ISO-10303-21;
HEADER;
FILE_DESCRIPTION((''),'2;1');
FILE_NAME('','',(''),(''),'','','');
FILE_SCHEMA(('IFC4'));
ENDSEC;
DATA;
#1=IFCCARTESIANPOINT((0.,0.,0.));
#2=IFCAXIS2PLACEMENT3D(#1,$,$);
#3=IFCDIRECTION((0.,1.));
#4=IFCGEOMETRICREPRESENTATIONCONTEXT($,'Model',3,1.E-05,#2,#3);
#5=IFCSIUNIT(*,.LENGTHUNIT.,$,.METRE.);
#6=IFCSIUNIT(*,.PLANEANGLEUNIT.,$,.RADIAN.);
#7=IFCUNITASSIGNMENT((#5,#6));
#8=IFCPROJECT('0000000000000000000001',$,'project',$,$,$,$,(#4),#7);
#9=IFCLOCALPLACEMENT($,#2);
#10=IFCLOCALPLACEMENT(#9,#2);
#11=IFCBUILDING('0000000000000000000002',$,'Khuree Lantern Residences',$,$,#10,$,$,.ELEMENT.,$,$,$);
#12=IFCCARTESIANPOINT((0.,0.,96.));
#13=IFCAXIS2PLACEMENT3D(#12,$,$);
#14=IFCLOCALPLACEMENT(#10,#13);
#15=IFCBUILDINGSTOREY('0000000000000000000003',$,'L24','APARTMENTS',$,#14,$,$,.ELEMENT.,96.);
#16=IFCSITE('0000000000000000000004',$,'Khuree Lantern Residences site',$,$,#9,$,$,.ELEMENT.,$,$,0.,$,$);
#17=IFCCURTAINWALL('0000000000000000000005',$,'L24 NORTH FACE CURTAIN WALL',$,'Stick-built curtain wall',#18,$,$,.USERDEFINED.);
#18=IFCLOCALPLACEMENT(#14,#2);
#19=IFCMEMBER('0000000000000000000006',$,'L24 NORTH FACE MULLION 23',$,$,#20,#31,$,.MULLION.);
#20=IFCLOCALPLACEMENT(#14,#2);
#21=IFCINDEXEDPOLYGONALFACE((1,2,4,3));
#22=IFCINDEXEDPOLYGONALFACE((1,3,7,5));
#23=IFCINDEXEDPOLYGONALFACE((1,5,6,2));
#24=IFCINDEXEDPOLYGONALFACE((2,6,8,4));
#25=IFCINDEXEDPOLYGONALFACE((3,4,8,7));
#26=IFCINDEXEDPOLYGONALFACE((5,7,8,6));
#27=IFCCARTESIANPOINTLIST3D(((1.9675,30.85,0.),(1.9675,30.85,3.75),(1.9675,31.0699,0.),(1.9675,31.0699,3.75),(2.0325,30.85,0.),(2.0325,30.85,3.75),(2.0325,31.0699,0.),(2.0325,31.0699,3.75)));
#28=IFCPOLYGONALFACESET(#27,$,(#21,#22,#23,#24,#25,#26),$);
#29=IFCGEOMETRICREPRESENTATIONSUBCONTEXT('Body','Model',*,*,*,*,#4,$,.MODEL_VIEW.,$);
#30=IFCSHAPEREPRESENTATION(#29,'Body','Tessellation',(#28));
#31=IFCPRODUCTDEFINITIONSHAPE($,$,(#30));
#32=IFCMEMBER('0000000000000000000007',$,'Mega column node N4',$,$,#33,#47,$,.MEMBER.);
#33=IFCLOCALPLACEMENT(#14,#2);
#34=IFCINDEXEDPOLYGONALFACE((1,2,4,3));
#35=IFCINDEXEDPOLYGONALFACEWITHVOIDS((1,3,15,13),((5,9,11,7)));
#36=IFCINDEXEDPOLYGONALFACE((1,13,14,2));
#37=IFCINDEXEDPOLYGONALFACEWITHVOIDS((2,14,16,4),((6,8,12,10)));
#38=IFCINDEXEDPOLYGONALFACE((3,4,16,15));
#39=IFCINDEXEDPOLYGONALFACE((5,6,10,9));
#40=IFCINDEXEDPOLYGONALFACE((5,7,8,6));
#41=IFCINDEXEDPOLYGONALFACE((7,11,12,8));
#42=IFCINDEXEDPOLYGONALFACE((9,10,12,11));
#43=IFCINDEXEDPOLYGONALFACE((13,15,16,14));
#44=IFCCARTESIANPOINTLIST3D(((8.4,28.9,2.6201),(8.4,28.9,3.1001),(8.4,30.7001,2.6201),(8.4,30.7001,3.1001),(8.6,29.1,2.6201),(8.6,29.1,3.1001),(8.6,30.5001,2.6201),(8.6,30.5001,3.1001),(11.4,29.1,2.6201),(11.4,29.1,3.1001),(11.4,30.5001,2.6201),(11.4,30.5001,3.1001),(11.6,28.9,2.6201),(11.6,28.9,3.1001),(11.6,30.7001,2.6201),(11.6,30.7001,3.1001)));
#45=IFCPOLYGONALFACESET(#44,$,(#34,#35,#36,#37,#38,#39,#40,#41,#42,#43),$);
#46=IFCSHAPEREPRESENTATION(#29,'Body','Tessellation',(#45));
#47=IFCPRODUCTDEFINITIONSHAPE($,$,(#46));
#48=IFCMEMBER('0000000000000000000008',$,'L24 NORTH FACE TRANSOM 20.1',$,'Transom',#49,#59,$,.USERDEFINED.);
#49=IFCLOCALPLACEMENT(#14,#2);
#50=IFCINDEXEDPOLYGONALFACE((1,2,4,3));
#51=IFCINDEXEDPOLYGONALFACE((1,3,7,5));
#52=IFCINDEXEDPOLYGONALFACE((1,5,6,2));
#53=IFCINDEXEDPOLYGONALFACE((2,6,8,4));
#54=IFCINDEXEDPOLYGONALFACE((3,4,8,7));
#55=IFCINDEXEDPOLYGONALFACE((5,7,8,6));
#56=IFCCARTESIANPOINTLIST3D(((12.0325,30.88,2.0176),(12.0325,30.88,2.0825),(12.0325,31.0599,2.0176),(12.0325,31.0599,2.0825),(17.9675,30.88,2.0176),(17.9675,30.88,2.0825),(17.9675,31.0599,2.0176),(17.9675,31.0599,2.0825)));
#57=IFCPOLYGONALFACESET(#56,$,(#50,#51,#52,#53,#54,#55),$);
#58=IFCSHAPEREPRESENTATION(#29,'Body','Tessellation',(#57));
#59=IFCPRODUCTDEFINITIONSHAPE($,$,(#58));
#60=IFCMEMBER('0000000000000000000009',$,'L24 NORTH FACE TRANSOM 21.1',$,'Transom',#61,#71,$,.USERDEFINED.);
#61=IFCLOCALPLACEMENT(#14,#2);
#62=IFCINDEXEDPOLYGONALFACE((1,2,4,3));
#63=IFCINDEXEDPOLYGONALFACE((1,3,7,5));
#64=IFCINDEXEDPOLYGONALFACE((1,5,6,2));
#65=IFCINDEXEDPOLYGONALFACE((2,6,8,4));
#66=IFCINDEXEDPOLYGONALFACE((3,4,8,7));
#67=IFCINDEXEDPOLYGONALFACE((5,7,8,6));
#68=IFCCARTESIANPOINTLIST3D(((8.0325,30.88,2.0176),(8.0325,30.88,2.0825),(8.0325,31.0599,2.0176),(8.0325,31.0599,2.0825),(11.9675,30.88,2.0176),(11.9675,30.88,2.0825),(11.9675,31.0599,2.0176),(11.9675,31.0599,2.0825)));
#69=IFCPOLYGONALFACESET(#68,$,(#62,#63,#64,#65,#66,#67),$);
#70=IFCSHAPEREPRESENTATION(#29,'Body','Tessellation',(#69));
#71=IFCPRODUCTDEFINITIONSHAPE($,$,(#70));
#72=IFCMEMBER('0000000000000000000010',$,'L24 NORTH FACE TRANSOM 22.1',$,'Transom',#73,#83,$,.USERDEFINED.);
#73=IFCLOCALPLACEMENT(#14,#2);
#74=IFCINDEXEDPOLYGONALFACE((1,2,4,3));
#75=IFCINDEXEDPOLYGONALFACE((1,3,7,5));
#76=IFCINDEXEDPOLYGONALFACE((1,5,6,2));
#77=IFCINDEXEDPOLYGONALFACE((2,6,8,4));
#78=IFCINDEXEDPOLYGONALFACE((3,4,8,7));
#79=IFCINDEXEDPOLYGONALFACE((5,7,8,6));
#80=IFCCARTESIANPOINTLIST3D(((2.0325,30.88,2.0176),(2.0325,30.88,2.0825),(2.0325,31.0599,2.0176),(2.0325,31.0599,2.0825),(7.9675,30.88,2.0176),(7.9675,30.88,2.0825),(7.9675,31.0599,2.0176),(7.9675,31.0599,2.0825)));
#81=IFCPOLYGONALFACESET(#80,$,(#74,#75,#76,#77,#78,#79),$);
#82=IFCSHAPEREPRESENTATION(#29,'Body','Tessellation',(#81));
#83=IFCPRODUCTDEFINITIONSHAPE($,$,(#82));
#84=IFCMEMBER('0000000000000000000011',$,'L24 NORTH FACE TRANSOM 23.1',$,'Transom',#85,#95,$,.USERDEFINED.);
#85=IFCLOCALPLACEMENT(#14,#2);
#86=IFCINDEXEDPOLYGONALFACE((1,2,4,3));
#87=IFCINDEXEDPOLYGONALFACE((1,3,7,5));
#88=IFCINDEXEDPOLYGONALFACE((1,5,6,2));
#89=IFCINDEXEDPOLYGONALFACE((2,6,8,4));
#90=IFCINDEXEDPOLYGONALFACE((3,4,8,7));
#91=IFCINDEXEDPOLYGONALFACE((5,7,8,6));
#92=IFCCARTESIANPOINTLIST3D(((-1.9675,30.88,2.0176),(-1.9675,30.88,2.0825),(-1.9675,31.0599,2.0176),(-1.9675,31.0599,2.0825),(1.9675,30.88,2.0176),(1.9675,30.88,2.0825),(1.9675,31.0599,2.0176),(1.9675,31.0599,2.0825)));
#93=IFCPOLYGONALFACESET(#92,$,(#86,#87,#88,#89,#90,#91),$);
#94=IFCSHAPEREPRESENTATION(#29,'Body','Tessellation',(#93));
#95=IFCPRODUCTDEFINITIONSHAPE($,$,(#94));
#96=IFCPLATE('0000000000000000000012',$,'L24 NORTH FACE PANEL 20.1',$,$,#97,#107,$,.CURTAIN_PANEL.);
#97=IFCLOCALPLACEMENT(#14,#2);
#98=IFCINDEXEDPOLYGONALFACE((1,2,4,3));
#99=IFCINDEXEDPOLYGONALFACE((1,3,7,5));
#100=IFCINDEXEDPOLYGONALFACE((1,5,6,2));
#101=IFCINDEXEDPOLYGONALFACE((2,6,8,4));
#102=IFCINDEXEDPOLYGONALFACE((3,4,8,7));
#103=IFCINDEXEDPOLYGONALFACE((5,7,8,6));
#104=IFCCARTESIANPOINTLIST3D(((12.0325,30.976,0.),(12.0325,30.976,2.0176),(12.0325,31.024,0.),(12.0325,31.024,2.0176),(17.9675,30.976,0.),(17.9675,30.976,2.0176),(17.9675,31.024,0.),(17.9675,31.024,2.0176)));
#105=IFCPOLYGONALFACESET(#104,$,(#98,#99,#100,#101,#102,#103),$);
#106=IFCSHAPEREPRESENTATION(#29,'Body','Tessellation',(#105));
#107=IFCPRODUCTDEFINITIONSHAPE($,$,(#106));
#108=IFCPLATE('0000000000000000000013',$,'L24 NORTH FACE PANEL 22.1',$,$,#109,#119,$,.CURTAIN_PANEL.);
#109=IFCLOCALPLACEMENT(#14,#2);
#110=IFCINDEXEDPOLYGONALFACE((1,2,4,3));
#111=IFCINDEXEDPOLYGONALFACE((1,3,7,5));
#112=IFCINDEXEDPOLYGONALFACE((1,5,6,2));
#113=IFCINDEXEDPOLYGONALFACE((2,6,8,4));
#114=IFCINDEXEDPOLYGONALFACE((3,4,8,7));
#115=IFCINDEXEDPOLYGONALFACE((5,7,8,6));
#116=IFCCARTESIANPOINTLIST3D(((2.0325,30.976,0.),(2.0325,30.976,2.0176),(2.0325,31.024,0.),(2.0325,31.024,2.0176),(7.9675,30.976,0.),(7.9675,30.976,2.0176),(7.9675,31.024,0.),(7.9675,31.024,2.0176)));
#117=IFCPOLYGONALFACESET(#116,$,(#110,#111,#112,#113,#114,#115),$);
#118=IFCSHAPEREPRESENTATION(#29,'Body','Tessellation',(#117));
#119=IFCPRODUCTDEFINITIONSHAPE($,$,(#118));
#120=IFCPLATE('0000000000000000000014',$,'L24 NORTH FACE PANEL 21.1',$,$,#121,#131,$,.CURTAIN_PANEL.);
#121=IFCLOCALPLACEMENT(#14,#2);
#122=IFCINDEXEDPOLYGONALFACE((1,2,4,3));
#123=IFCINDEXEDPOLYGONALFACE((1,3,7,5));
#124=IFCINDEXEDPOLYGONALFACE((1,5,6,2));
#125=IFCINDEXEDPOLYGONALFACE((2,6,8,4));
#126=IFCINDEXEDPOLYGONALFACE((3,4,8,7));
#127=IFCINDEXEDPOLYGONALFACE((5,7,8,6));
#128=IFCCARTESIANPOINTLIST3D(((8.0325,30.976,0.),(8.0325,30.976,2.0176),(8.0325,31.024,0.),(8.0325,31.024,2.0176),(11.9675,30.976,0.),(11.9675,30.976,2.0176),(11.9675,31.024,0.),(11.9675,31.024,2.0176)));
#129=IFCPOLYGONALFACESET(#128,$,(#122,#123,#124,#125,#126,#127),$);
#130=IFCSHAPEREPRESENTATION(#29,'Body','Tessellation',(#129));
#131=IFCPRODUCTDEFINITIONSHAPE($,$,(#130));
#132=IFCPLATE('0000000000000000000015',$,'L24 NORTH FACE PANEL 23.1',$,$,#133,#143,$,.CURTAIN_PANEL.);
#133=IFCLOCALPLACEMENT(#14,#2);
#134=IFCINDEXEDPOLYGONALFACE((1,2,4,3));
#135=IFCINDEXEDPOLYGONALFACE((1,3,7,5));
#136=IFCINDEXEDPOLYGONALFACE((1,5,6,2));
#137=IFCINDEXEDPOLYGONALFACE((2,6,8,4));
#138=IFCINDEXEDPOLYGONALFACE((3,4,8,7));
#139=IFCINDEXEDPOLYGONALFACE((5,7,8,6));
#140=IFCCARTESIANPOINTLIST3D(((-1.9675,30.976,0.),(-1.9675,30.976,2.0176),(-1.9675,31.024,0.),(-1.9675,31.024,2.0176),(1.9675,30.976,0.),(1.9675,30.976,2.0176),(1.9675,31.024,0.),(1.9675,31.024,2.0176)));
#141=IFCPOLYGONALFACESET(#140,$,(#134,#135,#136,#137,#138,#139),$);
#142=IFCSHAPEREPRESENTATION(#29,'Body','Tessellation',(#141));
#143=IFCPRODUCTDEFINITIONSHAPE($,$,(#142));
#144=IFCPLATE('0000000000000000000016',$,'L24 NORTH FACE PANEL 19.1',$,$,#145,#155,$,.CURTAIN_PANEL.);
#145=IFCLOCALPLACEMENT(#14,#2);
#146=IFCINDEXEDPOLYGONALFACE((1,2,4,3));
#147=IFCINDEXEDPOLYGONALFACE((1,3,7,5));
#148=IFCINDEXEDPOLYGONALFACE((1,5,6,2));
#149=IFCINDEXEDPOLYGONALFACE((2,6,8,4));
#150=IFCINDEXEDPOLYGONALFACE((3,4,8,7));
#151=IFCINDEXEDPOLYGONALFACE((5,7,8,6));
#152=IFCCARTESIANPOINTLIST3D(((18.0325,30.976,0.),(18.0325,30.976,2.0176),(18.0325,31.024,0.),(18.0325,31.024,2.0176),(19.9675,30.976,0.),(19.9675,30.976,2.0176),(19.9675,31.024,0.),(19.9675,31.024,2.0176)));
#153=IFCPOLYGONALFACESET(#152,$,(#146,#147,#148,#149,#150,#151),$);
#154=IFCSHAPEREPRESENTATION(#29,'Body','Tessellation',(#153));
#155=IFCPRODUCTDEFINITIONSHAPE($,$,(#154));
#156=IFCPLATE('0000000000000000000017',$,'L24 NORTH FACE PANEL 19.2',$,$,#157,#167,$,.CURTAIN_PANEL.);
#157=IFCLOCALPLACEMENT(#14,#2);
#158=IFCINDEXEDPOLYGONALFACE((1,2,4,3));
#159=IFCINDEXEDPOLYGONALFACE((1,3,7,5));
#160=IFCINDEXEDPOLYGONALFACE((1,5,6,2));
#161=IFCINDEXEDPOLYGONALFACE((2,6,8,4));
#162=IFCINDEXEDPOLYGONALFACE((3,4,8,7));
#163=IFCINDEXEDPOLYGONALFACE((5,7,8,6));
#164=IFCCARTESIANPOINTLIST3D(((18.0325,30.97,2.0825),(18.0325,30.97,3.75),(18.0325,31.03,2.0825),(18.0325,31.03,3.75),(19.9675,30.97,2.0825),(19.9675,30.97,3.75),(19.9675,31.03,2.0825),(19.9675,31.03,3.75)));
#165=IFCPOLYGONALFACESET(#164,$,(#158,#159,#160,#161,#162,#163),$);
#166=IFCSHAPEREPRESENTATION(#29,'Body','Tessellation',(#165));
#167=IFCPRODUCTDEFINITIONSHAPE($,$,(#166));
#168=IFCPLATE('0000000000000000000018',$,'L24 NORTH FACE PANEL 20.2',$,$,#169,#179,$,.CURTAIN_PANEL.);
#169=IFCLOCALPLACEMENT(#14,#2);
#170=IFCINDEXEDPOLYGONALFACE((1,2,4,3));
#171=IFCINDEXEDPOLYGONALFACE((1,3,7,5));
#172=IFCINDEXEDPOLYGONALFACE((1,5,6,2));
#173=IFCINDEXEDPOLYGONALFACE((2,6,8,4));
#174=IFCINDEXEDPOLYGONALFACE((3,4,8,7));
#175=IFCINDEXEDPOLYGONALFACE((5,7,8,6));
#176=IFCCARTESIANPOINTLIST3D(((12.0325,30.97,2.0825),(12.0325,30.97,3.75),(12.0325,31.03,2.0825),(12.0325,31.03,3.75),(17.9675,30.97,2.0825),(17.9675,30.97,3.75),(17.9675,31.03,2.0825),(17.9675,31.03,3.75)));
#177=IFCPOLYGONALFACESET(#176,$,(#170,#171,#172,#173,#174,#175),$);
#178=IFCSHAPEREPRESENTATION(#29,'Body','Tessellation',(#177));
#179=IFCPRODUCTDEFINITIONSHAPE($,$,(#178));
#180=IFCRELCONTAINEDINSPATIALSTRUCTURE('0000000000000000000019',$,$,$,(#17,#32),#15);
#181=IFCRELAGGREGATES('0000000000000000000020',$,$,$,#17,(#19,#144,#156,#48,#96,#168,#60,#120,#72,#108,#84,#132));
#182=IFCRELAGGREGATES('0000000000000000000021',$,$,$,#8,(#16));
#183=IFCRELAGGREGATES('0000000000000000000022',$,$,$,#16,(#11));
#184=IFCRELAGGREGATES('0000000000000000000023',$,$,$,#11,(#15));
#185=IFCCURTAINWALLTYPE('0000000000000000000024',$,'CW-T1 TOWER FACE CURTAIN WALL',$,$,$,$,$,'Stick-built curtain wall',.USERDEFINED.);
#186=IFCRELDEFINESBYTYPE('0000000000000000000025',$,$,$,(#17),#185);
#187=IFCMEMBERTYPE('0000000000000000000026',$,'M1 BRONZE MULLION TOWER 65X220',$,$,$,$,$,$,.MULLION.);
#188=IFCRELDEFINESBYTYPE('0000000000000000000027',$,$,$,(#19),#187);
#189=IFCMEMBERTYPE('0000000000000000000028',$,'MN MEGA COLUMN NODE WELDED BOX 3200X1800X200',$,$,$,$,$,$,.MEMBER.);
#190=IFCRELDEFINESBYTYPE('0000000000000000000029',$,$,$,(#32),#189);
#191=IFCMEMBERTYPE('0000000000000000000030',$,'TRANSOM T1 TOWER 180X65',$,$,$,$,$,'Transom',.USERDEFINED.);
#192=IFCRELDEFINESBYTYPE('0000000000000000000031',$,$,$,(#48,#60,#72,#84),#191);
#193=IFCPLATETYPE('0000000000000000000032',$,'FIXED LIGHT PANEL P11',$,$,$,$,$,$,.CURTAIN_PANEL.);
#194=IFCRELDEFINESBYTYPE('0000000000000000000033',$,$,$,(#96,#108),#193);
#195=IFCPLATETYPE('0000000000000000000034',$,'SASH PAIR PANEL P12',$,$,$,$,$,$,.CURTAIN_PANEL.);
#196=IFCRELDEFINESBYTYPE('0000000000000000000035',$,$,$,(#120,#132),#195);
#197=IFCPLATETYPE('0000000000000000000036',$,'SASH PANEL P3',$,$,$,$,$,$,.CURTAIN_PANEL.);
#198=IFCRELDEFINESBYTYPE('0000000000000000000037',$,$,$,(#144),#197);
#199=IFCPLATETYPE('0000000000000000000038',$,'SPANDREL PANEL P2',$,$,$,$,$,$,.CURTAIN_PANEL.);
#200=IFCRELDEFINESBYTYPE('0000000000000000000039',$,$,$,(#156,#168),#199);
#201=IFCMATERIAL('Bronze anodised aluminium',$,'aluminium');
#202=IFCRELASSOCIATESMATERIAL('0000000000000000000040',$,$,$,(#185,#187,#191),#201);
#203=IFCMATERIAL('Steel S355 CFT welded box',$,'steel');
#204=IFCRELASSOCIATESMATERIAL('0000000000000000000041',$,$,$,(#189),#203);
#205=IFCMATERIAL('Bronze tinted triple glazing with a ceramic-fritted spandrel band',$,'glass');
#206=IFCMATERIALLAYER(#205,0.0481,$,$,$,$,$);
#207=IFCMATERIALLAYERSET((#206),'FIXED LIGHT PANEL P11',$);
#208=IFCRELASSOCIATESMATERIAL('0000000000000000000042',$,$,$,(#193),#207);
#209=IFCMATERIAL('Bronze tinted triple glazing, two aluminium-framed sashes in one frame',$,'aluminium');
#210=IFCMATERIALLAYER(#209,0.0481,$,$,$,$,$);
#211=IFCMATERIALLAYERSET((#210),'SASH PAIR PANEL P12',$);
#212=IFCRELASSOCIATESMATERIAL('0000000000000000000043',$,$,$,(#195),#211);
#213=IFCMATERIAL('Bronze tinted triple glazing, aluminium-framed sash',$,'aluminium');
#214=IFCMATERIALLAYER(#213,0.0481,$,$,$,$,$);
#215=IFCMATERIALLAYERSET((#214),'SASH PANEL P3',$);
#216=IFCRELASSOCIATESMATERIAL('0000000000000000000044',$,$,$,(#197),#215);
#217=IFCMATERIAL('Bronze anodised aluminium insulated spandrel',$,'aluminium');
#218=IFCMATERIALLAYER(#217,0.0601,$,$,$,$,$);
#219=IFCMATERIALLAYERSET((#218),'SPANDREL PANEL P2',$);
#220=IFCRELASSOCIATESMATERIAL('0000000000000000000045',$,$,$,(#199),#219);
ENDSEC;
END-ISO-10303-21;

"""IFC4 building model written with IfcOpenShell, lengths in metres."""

from ifc_helpers import new_model, si_unit, direction, frame, origin, origin_2d, place, context, subcontext, project, spatial, rectangle, hollow_rectangle, extrude, material, layer, layer_set, material_profile, profile_set, type_object, element, aggregate, save


model = new_model("IFC4")

# Units and contexts
model_context = context("Model", 3, precision=1e-05, world=origin(), true_north=direction((0.0, 1.0)))
body_context = subcontext(model_context, "Body", "Model", "MODEL_VIEW")
ifc_project = project(units=[si_unit("LENGTHUNIT", "METRE"), si_unit("PLANEANGLEUNIT", "RADIAN")], contexts=[model_context])

# Site, building, storey
site_placement = place(None, origin())
site = spatial("IfcSite", under=ifc_project, at=site_placement, Name="Khuree Lantern Residences site", CompositionType="ELEMENT", RefElevation=0.0)
building_placement = place(site_placement, origin())
building = spatial("IfcBuilding", under=site, at=building_placement, Name="Khuree Lantern Residences", CompositionType="ELEMENT")
storey_placement = place(building_placement, frame((0.0, 0.0, 96.0)))
storey = spatial("IfcBuildingStorey", under=building, at=storey_placement, Name="L24", Description="APARTMENTS", CompositionType="ELEMENT", Elevation=96.0)

# Shared definitions
ifc_material_1 = material(Name="Steel S355 CFT welded box", Category="steel")

# Curtain wall
ifc_material_2 = material(Name="Bronze anodised aluminium", Category="aluminium")
curtain_wall_type = type_object("IfcCurtainWallType", Name="CW-T1 TOWER FACE CURTAIN WALL", ElementType="Stick-built curtain wall", PredefinedType="USERDEFINED", material=ifc_material_2)
curtain_wall_placement = place(storey_placement, origin())
curtain_wall = element("IfcCurtainWall", 1, at=curtain_wall_placement, inside=storey, type_object=curtain_wall_type, Name="L24 NORTH FACE CURTAIN WALL", ObjectType="Stick-built curtain wall", PredefinedType="USERDEFINED")

# Members
ifc_material_profile_1 = material_profile(ifc_material_2, rectangle(XDim=0.0649, YDim=0.22, at=origin_2d()), Name="M1 65X220")
ifc_profile_set_1 = profile_set([ifc_material_profile_1], Name="Bronze anodised aluminium")
member_type_1 = type_object("IfcMemberType", Name="M1 BRONZE MULLION TOWER 65X220", PredefinedType="MULLION", material=ifc_profile_set_1)
member_1_placement = place(storey_placement, frame((2.0, 30.96, 0.0), z_axis=(0.0, 0.0, 1.0), x_axis=(-1.0, 0.0, 0.0)))
member_1 = element("IfcMember", 2, at=member_1_placement, type_object=member_type_1, Name="L24 NORTH FACE MULLION 23", PredefinedType="MULLION", context=body_context, shape_type="SweptSolid", body=[
    extrude(rectangle(XDim=0.0649, YDim=0.22, at=origin_2d()), origin(), (0.0, 0.0, 1.0), 3.75),
])
ifc_material_profile_2 = material_profile(ifc_material_1, hollow_rectangle(XDim=3.2, YDim=1.8, WallThickness=0.2, at=origin_2d()), Name="WELDED BOX 3200X1800X200")
ifc_profile_set_2 = profile_set([ifc_material_profile_2], Name="Steel S355 CFT welded box")
member_type_2 = type_object("IfcMemberType", Name="MN MEGA COLUMN NODE WELDED BOX 3200X1800X200", PredefinedType="MEMBER", material=ifc_profile_set_2)
member_2_placement = place(storey_placement, frame((10.0, 29.8, 2.6201), z_axis=(0.0, 0.0, 1.0), x_axis=(1.0, 0.0, 0.0)))
element("IfcMember", 3, at=member_2_placement, inside=storey, type_object=member_type_2, Name="Mega column node N4", PredefinedType="MEMBER", context=body_context, shape_type="SweptSolid", body=[
    extrude(hollow_rectangle(XDim=3.2, YDim=1.8, WallThickness=0.2, at=origin_2d()), origin(), (0.0, 0.0, 1.0), 0.48),
])
ifc_material_profile_3 = material_profile(ifc_material_2, rectangle(XDim=0.1799, YDim=0.0649, at=origin_2d()), Name="T1 180X65")
ifc_profile_set_3 = profile_set([ifc_material_profile_3], Name="Bronze anodised aluminium")
member_type_3 = type_object("IfcMemberType", Name="TRANSOM T1 TOWER 180X65", ElementType="Transom", PredefinedType="USERDEFINED", material=ifc_profile_set_3)
member_3_placement = place(storey_placement, frame((17.9675, 30.97, 2.05), z_axis=(-1.0, 0.0, 0.0), x_axis=(0.0, -1.0, 0.0)))
member_3 = element("IfcMember", 4, at=member_3_placement, type_object=member_type_3, Name="L24 NORTH FACE TRANSOM 20.1", ObjectType="Transom", PredefinedType="USERDEFINED", context=body_context, shape_type="SweptSolid", body=[
    extrude(rectangle(XDim=0.1799, YDim=0.0649, at=origin_2d()), origin(), (0.0, 0.0, 1.0), 5.9351),
])
member_4_placement = place(storey_placement, frame((11.9675, 30.97, 2.05), z_axis=(-1.0, 0.0, 0.0), x_axis=(0.0, -1.0, 0.0)))
member_4 = element("IfcMember", 5, at=member_4_placement, type_object=member_type_3, Name="L24 NORTH FACE TRANSOM 21.1", ObjectType="Transom", PredefinedType="USERDEFINED", context=body_context, shape_type="SweptSolid", body=[
    extrude(rectangle(XDim=0.1799, YDim=0.0649, at=origin_2d()), origin(), (0.0, 0.0, 1.0), 3.9351),
])
member_5_placement = place(storey_placement, frame((7.9675, 30.97, 2.05), z_axis=(-1.0, 0.0, 0.0), x_axis=(0.0, -1.0, 0.0)))
member_5 = element("IfcMember", 6, at=member_5_placement, type_object=member_type_3, Name="L24 NORTH FACE TRANSOM 22.1", ObjectType="Transom", PredefinedType="USERDEFINED", context=body_context, shape_type="SweptSolid", body=[
    extrude(rectangle(XDim=0.1799, YDim=0.0649, at=origin_2d()), origin(), (0.0, 0.0, 1.0), 5.9351),
])
member_6_placement = place(storey_placement, frame((1.9675, 30.97, 2.05), z_axis=(-1.0, 0.0, 0.0), x_axis=(0.0, -1.0, 0.0)))
member_6 = element("IfcMember", 7, at=member_6_placement, type_object=member_type_3, Name="L24 NORTH FACE TRANSOM 23.1", ObjectType="Transom", PredefinedType="USERDEFINED", context=body_context, shape_type="SweptSolid", body=[
    extrude(rectangle(XDim=0.1799, YDim=0.0649, at=origin_2d()), origin(), (0.0, 0.0, 1.0), 3.9351),
])

# Plates
ifc_material_3 = material(Name="Bronze tinted triple glazing with a ceramic-fritted spandrel band", Category="glass")
ifc_layer_1 = layer(ifc_material_3, 0.0481)
ifc_layer_set_1 = layer_set([ifc_layer_1], Name="FIXED LIGHT PANEL P11")
plate_type_1 = type_object("IfcPlateType", Name="FIXED LIGHT PANEL P11", PredefinedType="CURTAIN_PANEL", material=ifc_layer_set_1)
plate_1_placement = place(storey_placement, frame((15.0, 31.0, 0.0), z_axis=(0.0, 0.0, 1.0), x_axis=(-1.0, 0.0, 0.0)))
plate_1 = element("IfcPlate", 8, at=plate_1_placement, type_object=plate_type_1, Name="L24 NORTH FACE PANEL 20.1", PredefinedType="CURTAIN_PANEL", context=body_context, shape_type="SweptSolid", body=[
    extrude(rectangle(XDim=5.9351, YDim=0.0481, at=origin_2d()), origin(), (0.0, 0.0, 1.0), 2.0176),
])
plate_2_placement = place(storey_placement, frame((5.0, 31.0, 0.0), z_axis=(0.0, 0.0, 1.0), x_axis=(-1.0, 0.0, 0.0)))
plate_2 = element("IfcPlate", 9, at=plate_2_placement, type_object=plate_type_1, Name="L24 NORTH FACE PANEL 22.1", PredefinedType="CURTAIN_PANEL", context=body_context, shape_type="SweptSolid", body=[
    extrude(rectangle(XDim=5.9351, YDim=0.0481, at=origin_2d()), origin(), (0.0, 0.0, 1.0), 2.0176),
])
ifc_material_4 = material(Name="Bronze tinted triple glazing, two aluminium-framed sashes in one frame", Category="aluminium")
ifc_layer_2 = layer(ifc_material_4, 0.0481)
ifc_layer_set_2 = layer_set([ifc_layer_2], Name="SASH PAIR PANEL P12")
plate_type_2 = type_object("IfcPlateType", Name="SASH PAIR PANEL P12", PredefinedType="CURTAIN_PANEL", material=ifc_layer_set_2)
plate_3_placement = place(storey_placement, frame((10.0, 31.0, 0.0), z_axis=(0.0, 0.0, 1.0), x_axis=(-1.0, 0.0, 0.0)))
plate_3 = element("IfcPlate", 10, at=plate_3_placement, type_object=plate_type_2, Name="L24 NORTH FACE PANEL 21.1", PredefinedType="CURTAIN_PANEL", context=body_context, shape_type="SweptSolid", body=[
    extrude(rectangle(XDim=3.9351, YDim=0.0481, at=origin_2d()), origin(), (0.0, 0.0, 1.0), 2.0176),
])
plate_4_placement = place(storey_placement, frame((0.0, 31.0, 0.0), z_axis=(0.0, 0.0, 1.0), x_axis=(-1.0, 0.0, 0.0)))
plate_4 = element("IfcPlate", 11, at=plate_4_placement, type_object=plate_type_2, Name="L24 NORTH FACE PANEL 23.1", PredefinedType="CURTAIN_PANEL", context=body_context, shape_type="SweptSolid", body=[
    extrude(rectangle(XDim=3.9351, YDim=0.0481, at=origin_2d()), origin(), (0.0, 0.0, 1.0), 2.0176),
])
ifc_material_5 = material(Name="Bronze tinted triple glazing, aluminium-framed sash", Category="aluminium")
ifc_layer_3 = layer(ifc_material_5, 0.0481)
ifc_layer_set_3 = layer_set([ifc_layer_3], Name="SASH PANEL P3")
plate_type_3 = type_object("IfcPlateType", Name="SASH PANEL P3", PredefinedType="CURTAIN_PANEL", material=ifc_layer_set_3)
plate_5_placement = place(storey_placement, frame((19.0, 31.0, 0.0), z_axis=(0.0, 0.0, 1.0), x_axis=(-1.0, 0.0, 0.0)))
plate_5 = element("IfcPlate", 12, at=plate_5_placement, type_object=plate_type_3, Name="L24 NORTH FACE PANEL 19.1", PredefinedType="CURTAIN_PANEL", context=body_context, shape_type="SweptSolid", body=[
    extrude(rectangle(XDim=1.9351, YDim=0.0481, at=origin_2d()), origin(), (0.0, 0.0, 1.0), 2.0176),
])
ifc_material_6 = material(Name="Bronze anodised aluminium insulated spandrel", Category="aluminium")
ifc_layer_4 = layer(ifc_material_6, 0.0601)
ifc_layer_set_4 = layer_set([ifc_layer_4], Name="SPANDREL PANEL P2")
plate_type_4 = type_object("IfcPlateType", Name="SPANDREL PANEL P2", PredefinedType="CURTAIN_PANEL", material=ifc_layer_set_4)
plate_6_placement = place(storey_placement, frame((19.0, 31.0, 2.0825), z_axis=(0.0, 0.0, 1.0), x_axis=(-1.0, 0.0, 0.0)))
plate_6 = element("IfcPlate", 13, at=plate_6_placement, type_object=plate_type_4, Name="L24 NORTH FACE PANEL 19.2", PredefinedType="CURTAIN_PANEL", context=body_context, shape_type="SweptSolid", body=[
    extrude(rectangle(XDim=1.9351, YDim=0.0601, at=origin_2d()), origin(), (0.0, 0.0, 1.0), 1.6675),
])
plate_7_placement = place(storey_placement, frame((15.0, 31.0, 2.0825), z_axis=(0.0, 0.0, 1.0), x_axis=(-1.0, 0.0, 0.0)))
plate_7 = element("IfcPlate", 14, at=plate_7_placement, type_object=plate_type_4, Name="L24 NORTH FACE PANEL 20.2", PredefinedType="CURTAIN_PANEL", context=body_context, shape_type="SweptSolid", body=[
    extrude(rectangle(XDim=5.9351, YDim=0.0601, at=origin_2d()), origin(), (0.0, 0.0, 1.0), 1.6675),
])
aggregate(curtain_wall, [member_1, plate_5, plate_6, member_3, plate_1, plate_7, member_4, plate_3, member_5, plate_2, member_6, plate_4])

save(model, "model.ifc")
